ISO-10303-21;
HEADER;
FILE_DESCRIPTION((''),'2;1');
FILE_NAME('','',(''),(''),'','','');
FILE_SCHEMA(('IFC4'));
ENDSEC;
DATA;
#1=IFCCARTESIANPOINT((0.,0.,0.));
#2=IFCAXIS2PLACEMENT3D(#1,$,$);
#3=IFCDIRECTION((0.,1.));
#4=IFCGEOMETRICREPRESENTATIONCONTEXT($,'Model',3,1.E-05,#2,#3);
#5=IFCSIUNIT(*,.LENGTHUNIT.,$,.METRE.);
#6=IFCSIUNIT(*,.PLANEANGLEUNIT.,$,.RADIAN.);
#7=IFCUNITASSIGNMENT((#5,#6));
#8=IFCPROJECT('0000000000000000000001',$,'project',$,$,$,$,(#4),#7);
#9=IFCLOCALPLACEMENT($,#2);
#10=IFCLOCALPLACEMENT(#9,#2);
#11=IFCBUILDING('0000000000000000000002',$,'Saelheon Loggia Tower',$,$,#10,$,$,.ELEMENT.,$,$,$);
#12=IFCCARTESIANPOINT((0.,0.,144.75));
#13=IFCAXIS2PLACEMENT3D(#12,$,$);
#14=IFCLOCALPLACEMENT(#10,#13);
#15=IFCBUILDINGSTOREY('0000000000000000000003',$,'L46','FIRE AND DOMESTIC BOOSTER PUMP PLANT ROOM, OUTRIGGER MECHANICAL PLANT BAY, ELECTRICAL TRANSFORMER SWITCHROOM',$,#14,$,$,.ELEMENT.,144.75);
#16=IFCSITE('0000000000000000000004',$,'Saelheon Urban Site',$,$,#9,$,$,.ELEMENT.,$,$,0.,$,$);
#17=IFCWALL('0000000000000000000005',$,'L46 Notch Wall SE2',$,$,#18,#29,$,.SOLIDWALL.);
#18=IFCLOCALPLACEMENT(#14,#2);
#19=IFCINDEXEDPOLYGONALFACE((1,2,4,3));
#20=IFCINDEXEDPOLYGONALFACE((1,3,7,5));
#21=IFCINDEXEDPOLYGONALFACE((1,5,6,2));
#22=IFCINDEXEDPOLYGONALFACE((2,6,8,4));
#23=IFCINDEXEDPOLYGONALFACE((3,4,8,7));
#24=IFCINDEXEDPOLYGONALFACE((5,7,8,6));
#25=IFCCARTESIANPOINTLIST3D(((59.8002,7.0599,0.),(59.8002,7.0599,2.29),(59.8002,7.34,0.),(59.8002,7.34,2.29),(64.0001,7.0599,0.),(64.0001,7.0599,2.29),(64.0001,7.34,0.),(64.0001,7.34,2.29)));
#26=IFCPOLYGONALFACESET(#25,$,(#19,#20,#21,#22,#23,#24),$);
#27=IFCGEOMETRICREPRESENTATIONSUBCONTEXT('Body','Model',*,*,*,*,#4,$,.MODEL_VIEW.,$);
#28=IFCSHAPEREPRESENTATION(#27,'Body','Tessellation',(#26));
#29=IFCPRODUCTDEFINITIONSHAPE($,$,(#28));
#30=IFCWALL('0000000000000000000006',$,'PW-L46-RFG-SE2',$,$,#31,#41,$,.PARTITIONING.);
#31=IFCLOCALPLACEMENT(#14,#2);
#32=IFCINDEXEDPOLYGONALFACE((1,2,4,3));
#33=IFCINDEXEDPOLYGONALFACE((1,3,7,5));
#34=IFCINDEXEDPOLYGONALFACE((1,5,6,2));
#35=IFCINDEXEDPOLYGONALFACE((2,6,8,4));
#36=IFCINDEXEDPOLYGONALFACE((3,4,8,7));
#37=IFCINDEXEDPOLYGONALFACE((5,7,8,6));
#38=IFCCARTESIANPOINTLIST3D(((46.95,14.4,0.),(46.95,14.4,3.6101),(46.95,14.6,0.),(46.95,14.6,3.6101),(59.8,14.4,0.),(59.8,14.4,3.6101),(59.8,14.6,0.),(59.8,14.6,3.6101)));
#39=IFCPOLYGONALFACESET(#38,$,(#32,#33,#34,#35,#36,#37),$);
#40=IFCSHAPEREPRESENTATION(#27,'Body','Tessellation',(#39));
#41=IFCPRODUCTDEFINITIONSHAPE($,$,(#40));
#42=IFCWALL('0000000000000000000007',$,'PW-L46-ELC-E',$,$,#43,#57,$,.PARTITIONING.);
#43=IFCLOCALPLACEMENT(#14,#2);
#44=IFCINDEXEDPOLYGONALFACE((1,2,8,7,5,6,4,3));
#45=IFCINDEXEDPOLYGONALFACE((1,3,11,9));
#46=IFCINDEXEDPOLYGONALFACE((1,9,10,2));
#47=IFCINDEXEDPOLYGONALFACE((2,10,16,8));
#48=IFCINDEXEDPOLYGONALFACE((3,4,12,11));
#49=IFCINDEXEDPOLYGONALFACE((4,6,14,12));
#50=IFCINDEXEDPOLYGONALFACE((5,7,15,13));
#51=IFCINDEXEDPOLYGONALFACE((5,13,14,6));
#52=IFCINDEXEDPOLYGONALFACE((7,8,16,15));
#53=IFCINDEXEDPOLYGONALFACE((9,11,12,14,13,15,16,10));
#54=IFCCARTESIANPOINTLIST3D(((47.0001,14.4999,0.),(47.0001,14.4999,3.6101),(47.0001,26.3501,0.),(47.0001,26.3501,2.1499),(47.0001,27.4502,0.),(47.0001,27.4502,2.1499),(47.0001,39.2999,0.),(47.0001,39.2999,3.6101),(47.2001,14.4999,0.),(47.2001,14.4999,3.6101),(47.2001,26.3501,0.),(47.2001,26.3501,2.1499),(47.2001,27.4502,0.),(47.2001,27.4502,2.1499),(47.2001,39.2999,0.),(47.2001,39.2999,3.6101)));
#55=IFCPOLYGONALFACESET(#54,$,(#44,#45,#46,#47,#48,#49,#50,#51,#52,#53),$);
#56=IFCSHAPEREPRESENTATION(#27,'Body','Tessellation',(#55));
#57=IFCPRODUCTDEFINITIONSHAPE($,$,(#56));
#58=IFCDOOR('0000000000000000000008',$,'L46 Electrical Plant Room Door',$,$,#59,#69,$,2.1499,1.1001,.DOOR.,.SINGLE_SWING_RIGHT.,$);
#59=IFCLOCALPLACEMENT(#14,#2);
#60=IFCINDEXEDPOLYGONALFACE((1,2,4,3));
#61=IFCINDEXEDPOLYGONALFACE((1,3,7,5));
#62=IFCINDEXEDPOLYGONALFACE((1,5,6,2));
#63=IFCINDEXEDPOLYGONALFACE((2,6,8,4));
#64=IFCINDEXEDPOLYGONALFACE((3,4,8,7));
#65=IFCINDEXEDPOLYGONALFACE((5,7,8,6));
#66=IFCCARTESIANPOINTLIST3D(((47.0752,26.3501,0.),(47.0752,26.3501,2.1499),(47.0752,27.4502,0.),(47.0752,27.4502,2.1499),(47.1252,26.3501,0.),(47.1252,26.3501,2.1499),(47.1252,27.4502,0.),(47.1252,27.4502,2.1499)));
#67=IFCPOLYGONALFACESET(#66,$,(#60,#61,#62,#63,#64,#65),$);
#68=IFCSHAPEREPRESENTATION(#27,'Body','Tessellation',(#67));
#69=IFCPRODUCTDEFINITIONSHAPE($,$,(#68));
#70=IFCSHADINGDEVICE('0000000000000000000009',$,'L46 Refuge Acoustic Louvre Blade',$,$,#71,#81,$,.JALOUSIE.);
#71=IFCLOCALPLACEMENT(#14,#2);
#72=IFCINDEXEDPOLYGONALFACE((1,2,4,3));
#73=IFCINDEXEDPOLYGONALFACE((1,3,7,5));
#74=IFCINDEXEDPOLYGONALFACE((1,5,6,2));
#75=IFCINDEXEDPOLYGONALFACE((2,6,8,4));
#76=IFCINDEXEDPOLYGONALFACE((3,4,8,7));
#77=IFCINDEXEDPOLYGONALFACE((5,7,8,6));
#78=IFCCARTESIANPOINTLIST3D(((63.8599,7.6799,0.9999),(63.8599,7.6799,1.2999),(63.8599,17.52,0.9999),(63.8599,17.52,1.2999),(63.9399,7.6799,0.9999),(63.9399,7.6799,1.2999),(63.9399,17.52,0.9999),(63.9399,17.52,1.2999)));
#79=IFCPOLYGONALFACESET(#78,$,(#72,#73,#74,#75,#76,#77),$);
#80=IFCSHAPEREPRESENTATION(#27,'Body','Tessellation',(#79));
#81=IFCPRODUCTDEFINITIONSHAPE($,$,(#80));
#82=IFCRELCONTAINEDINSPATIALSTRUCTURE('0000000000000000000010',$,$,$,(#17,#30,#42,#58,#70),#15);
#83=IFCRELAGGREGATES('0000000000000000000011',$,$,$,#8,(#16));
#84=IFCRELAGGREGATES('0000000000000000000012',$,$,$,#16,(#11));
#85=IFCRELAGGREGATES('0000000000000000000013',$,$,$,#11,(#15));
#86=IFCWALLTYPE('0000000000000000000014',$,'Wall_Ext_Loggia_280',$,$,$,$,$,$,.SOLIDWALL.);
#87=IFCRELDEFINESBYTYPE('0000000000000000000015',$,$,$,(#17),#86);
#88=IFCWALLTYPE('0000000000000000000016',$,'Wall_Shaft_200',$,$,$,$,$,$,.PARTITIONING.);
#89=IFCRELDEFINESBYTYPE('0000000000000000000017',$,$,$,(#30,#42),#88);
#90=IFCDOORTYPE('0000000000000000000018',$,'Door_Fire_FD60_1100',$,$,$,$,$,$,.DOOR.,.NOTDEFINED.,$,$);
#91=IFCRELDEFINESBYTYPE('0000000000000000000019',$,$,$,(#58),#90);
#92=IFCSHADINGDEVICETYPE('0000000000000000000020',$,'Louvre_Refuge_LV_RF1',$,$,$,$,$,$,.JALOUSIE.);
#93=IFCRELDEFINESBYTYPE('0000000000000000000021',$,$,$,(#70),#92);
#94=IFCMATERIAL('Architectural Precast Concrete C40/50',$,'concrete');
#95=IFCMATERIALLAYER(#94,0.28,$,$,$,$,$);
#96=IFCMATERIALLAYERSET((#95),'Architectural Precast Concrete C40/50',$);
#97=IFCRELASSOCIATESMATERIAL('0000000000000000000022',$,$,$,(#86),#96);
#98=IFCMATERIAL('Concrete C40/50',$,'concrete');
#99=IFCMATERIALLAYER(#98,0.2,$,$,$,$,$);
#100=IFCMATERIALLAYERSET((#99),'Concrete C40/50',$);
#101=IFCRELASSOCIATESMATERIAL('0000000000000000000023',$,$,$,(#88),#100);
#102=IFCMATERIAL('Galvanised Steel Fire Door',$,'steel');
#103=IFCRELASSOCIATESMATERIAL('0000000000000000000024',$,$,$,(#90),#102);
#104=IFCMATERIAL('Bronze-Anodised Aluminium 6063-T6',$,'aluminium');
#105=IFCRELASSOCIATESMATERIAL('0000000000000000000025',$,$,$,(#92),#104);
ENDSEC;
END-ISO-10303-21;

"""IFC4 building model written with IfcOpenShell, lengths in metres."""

from ifc_helpers import new_model, si_unit, direction, frame, frame_2d, origin, origin_2d, place, context, subcontext, project, spatial, rectangle, extrude, source, transform, mapped, material, layer, layer_set, material_profile, profile_set, type_object, element, fill, save


model = new_model("IFC4")

# Units and contexts
model_context = context("Model", 3, precision=1e-05, world=origin(), true_north=direction((0.0, 1.0)))
body_context = subcontext(model_context, "Body", "Model", "MODEL_VIEW")
ifc_project = project(units=[si_unit("LENGTHUNIT", "METRE"), si_unit("PLANEANGLEUNIT", "RADIAN")], contexts=[model_context])

# Site, building, storey
site_placement = place(None, origin())
site = spatial("IfcSite", under=ifc_project, at=site_placement, Name="Saelheon Urban Site", CompositionType="ELEMENT", RefElevation=0.0)
building_placement = place(site_placement, origin())
building = spatial("IfcBuilding", under=site, at=building_placement, Name="Saelheon Loggia Tower", CompositionType="ELEMENT")
storey_placement = place(building_placement, frame((0.0, 0.0, 144.75)))
storey = spatial("IfcBuildingStorey", under=building, at=storey_placement, Name="L46", Description="FIRE AND DOMESTIC BOOSTER PUMP PLANT ROOM, OUTRIGGER MECHANICAL PLANT BAY, ELECTRICAL TRANSFORMER SWITCHROOM", CompositionType="ELEMENT", Elevation=144.75)

# Shared definitions
ifc_material_1 = material(Name="Concrete C40/50", Category="concrete")

# Walls
ifc_material_2 = material(Name="Architectural Precast Concrete C40/50", Category="concrete")
ifc_layer_1 = layer(ifc_material_2, 0.28)
ifc_layer_set_1 = layer_set([ifc_layer_1], Name="Architectural Precast Concrete C40/50")
wall_type_1 = type_object("IfcWallType", Name="Wall_Ext_Loggia_280", PredefinedType="SOLIDWALL", material=ifc_layer_set_1)
for number, where, z_axis, x_axis, name in (
    (1, (59.8, 7.2, 0.0), (0.0, 0.0, 1.0), (1.0, 0.0, 0.0), "L46 Notch Wall SE2"),
):
    element("IfcWall", number, at=place(storey_placement, frame(where, z_axis=z_axis, x_axis=x_axis)), inside=storey, type_object=wall_type_1, Name=name, PredefinedType="SOLIDWALL", context=body_context, shape_type="SweptSolid", body=[
        extrude(rectangle(XDim=4.2, YDim=0.28, at=frame_2d((2.1001, 0.0))), origin(), (0.0, 0.0, 1.0), 2.29),
    ])
ifc_layer_2 = layer(ifc_material_1, 0.2)
ifc_layer_set_2 = layer_set([ifc_layer_2], Name="Concrete C40/50")
wall_type_2 = type_object("IfcWallType", Name="Wall_Shaft_200", PredefinedType="PARTITIONING", material=ifc_layer_set_2)
wall_1_placement = place(storey_placement, frame((46.95, 14.5, 0.0), z_axis=(0.0, 0.0, 1.0), x_axis=(1.0, 0.0, 0.0)))
element("IfcWall", 2, at=wall_1_placement, inside=storey, type_object=wall_type_2, Name="PW-L46-RFG-SE2", PredefinedType="PARTITIONING", context=body_context, shape_type="SweptSolid", body=[
    extrude(rectangle(XDim=12.8501, YDim=0.2, at=frame_2d((6.425, 0.0))), origin(), (0.0, 0.0, 1.0), 3.6101),
])

# Wall, opening, door
wall_2_placement = place(storey_placement, frame((47.1001, 14.5, 0.0), z_axis=(0.0, 0.0, 1.0), x_axis=(0.0, 1.0, 0.0)))
wall_2 = element("IfcWall", 3, at=wall_2_placement, inside=storey, type_object=wall_type_2, Name="PW-L46-ELC-E", PredefinedType="PARTITIONING", context=body_context, shape_type="SweptSolid", body=[
    extrude(rectangle(XDim=24.8, YDim=0.2, at=frame_2d((12.3999, 0.0))), origin(), (0.0, 0.0, 1.0), 3.6101),
])
opening_placement = place(wall_2_placement, frame((11.8501, 0.0, 0.0)))
opening = element("IfcOpeningElement", 4, at=opening_placement, cuts=wall_2, PredefinedType="OPENING", context=body_context, shape_type="SweptSolid", body=[
    extrude(rectangle(XDim=1.1001, YDim=2.1499, at=frame_2d((0.55, 1.075))), frame((0.0, 0.1121, 0.0), z_axis=(0.0, -1.0, 0.0), x_axis=(1.0, 0.0, 0.0)), (0.0, 0.0, 1.0), 0.2239),
])
ifc_material_3 = material(Name="Galvanised Steel Fire Door", Category="steel")
door_type = type_object("IfcDoorType", Name="Door_Fire_FD60_1100", OperationType="NOTDEFINED", PredefinedType="DOOR", material=ifc_material_3)
shared_shape_1 = source(origin(), body_context, "Body", "SweptSolid", [
    extrude(rectangle(XDim=1.1001, YDim=2.1499, at=frame_2d((0.55, 1.075))), frame((0.0, 0.0249, 0.0), z_axis=(0.0, -1.0, 0.0), x_axis=(1.0, 0.0, 0.0)), (0.0, 0.0, 1.0), 0.05),
])
door_placement = place(opening_placement, origin())
door = element("IfcDoor", 5, at=door_placement, inside=storey, type_object=door_type, Name="L46 Electrical Plant Room Door", OperationType="SINGLE_SWING_RIGHT", OverallHeight=2.1499, OverallWidth=1.1001, PredefinedType="DOOR", context=body_context, shape_type="MappedRepresentation", body=[
    mapped(shared_shape_1, transform((0.0, 0.0, 0.0), scale=1.0)),
])
fill(opening, door)

# Shading device
ifc_material_4 = material(Name="Bronze-Anodised Aluminium 6063-T6", Category="aluminium")
ifc_material_profile_1 = material_profile(ifc_material_4, rectangle(XDim=0.0801, YDim=0.3, at=origin_2d()), Name="Louvre_Refuge_LV_RF1")
ifc_profile_set_1 = profile_set([ifc_material_profile_1], Name="Bronze-Anodised Aluminium 6063-T6")
shading_device_type = type_object("IfcShadingDeviceType", Name="Louvre_Refuge_LV_RF1", PredefinedType="JALOUSIE", material=ifc_profile_set_1)
shared_shape_2 = source(origin(), body_context, "Body", "SweptSolid", [
    extrude(rectangle(XDim=0.0801, YDim=0.3, at=origin_2d()), origin(), (0.0, 0.0, 1.0), 9.8401),
])
shading_device_placement = place(storey_placement, frame((63.8999, 7.6799, 1.1499), z_axis=(0.0, 1.0, 0.0), x_axis=(-1.0, 0.0, 0.0)))
element("IfcShadingDevice", 6, at=shading_device_placement, inside=storey, type_object=shading_device_type, Name="L46 Refuge Acoustic Louvre Blade", PredefinedType="JALOUSIE", context=body_context, shape_type="MappedRepresentation", body=[
    mapped(shared_shape_2, transform((0.0, 0.0, 0.0), scale=1.0)),
])

save(model, "model.ifc")
